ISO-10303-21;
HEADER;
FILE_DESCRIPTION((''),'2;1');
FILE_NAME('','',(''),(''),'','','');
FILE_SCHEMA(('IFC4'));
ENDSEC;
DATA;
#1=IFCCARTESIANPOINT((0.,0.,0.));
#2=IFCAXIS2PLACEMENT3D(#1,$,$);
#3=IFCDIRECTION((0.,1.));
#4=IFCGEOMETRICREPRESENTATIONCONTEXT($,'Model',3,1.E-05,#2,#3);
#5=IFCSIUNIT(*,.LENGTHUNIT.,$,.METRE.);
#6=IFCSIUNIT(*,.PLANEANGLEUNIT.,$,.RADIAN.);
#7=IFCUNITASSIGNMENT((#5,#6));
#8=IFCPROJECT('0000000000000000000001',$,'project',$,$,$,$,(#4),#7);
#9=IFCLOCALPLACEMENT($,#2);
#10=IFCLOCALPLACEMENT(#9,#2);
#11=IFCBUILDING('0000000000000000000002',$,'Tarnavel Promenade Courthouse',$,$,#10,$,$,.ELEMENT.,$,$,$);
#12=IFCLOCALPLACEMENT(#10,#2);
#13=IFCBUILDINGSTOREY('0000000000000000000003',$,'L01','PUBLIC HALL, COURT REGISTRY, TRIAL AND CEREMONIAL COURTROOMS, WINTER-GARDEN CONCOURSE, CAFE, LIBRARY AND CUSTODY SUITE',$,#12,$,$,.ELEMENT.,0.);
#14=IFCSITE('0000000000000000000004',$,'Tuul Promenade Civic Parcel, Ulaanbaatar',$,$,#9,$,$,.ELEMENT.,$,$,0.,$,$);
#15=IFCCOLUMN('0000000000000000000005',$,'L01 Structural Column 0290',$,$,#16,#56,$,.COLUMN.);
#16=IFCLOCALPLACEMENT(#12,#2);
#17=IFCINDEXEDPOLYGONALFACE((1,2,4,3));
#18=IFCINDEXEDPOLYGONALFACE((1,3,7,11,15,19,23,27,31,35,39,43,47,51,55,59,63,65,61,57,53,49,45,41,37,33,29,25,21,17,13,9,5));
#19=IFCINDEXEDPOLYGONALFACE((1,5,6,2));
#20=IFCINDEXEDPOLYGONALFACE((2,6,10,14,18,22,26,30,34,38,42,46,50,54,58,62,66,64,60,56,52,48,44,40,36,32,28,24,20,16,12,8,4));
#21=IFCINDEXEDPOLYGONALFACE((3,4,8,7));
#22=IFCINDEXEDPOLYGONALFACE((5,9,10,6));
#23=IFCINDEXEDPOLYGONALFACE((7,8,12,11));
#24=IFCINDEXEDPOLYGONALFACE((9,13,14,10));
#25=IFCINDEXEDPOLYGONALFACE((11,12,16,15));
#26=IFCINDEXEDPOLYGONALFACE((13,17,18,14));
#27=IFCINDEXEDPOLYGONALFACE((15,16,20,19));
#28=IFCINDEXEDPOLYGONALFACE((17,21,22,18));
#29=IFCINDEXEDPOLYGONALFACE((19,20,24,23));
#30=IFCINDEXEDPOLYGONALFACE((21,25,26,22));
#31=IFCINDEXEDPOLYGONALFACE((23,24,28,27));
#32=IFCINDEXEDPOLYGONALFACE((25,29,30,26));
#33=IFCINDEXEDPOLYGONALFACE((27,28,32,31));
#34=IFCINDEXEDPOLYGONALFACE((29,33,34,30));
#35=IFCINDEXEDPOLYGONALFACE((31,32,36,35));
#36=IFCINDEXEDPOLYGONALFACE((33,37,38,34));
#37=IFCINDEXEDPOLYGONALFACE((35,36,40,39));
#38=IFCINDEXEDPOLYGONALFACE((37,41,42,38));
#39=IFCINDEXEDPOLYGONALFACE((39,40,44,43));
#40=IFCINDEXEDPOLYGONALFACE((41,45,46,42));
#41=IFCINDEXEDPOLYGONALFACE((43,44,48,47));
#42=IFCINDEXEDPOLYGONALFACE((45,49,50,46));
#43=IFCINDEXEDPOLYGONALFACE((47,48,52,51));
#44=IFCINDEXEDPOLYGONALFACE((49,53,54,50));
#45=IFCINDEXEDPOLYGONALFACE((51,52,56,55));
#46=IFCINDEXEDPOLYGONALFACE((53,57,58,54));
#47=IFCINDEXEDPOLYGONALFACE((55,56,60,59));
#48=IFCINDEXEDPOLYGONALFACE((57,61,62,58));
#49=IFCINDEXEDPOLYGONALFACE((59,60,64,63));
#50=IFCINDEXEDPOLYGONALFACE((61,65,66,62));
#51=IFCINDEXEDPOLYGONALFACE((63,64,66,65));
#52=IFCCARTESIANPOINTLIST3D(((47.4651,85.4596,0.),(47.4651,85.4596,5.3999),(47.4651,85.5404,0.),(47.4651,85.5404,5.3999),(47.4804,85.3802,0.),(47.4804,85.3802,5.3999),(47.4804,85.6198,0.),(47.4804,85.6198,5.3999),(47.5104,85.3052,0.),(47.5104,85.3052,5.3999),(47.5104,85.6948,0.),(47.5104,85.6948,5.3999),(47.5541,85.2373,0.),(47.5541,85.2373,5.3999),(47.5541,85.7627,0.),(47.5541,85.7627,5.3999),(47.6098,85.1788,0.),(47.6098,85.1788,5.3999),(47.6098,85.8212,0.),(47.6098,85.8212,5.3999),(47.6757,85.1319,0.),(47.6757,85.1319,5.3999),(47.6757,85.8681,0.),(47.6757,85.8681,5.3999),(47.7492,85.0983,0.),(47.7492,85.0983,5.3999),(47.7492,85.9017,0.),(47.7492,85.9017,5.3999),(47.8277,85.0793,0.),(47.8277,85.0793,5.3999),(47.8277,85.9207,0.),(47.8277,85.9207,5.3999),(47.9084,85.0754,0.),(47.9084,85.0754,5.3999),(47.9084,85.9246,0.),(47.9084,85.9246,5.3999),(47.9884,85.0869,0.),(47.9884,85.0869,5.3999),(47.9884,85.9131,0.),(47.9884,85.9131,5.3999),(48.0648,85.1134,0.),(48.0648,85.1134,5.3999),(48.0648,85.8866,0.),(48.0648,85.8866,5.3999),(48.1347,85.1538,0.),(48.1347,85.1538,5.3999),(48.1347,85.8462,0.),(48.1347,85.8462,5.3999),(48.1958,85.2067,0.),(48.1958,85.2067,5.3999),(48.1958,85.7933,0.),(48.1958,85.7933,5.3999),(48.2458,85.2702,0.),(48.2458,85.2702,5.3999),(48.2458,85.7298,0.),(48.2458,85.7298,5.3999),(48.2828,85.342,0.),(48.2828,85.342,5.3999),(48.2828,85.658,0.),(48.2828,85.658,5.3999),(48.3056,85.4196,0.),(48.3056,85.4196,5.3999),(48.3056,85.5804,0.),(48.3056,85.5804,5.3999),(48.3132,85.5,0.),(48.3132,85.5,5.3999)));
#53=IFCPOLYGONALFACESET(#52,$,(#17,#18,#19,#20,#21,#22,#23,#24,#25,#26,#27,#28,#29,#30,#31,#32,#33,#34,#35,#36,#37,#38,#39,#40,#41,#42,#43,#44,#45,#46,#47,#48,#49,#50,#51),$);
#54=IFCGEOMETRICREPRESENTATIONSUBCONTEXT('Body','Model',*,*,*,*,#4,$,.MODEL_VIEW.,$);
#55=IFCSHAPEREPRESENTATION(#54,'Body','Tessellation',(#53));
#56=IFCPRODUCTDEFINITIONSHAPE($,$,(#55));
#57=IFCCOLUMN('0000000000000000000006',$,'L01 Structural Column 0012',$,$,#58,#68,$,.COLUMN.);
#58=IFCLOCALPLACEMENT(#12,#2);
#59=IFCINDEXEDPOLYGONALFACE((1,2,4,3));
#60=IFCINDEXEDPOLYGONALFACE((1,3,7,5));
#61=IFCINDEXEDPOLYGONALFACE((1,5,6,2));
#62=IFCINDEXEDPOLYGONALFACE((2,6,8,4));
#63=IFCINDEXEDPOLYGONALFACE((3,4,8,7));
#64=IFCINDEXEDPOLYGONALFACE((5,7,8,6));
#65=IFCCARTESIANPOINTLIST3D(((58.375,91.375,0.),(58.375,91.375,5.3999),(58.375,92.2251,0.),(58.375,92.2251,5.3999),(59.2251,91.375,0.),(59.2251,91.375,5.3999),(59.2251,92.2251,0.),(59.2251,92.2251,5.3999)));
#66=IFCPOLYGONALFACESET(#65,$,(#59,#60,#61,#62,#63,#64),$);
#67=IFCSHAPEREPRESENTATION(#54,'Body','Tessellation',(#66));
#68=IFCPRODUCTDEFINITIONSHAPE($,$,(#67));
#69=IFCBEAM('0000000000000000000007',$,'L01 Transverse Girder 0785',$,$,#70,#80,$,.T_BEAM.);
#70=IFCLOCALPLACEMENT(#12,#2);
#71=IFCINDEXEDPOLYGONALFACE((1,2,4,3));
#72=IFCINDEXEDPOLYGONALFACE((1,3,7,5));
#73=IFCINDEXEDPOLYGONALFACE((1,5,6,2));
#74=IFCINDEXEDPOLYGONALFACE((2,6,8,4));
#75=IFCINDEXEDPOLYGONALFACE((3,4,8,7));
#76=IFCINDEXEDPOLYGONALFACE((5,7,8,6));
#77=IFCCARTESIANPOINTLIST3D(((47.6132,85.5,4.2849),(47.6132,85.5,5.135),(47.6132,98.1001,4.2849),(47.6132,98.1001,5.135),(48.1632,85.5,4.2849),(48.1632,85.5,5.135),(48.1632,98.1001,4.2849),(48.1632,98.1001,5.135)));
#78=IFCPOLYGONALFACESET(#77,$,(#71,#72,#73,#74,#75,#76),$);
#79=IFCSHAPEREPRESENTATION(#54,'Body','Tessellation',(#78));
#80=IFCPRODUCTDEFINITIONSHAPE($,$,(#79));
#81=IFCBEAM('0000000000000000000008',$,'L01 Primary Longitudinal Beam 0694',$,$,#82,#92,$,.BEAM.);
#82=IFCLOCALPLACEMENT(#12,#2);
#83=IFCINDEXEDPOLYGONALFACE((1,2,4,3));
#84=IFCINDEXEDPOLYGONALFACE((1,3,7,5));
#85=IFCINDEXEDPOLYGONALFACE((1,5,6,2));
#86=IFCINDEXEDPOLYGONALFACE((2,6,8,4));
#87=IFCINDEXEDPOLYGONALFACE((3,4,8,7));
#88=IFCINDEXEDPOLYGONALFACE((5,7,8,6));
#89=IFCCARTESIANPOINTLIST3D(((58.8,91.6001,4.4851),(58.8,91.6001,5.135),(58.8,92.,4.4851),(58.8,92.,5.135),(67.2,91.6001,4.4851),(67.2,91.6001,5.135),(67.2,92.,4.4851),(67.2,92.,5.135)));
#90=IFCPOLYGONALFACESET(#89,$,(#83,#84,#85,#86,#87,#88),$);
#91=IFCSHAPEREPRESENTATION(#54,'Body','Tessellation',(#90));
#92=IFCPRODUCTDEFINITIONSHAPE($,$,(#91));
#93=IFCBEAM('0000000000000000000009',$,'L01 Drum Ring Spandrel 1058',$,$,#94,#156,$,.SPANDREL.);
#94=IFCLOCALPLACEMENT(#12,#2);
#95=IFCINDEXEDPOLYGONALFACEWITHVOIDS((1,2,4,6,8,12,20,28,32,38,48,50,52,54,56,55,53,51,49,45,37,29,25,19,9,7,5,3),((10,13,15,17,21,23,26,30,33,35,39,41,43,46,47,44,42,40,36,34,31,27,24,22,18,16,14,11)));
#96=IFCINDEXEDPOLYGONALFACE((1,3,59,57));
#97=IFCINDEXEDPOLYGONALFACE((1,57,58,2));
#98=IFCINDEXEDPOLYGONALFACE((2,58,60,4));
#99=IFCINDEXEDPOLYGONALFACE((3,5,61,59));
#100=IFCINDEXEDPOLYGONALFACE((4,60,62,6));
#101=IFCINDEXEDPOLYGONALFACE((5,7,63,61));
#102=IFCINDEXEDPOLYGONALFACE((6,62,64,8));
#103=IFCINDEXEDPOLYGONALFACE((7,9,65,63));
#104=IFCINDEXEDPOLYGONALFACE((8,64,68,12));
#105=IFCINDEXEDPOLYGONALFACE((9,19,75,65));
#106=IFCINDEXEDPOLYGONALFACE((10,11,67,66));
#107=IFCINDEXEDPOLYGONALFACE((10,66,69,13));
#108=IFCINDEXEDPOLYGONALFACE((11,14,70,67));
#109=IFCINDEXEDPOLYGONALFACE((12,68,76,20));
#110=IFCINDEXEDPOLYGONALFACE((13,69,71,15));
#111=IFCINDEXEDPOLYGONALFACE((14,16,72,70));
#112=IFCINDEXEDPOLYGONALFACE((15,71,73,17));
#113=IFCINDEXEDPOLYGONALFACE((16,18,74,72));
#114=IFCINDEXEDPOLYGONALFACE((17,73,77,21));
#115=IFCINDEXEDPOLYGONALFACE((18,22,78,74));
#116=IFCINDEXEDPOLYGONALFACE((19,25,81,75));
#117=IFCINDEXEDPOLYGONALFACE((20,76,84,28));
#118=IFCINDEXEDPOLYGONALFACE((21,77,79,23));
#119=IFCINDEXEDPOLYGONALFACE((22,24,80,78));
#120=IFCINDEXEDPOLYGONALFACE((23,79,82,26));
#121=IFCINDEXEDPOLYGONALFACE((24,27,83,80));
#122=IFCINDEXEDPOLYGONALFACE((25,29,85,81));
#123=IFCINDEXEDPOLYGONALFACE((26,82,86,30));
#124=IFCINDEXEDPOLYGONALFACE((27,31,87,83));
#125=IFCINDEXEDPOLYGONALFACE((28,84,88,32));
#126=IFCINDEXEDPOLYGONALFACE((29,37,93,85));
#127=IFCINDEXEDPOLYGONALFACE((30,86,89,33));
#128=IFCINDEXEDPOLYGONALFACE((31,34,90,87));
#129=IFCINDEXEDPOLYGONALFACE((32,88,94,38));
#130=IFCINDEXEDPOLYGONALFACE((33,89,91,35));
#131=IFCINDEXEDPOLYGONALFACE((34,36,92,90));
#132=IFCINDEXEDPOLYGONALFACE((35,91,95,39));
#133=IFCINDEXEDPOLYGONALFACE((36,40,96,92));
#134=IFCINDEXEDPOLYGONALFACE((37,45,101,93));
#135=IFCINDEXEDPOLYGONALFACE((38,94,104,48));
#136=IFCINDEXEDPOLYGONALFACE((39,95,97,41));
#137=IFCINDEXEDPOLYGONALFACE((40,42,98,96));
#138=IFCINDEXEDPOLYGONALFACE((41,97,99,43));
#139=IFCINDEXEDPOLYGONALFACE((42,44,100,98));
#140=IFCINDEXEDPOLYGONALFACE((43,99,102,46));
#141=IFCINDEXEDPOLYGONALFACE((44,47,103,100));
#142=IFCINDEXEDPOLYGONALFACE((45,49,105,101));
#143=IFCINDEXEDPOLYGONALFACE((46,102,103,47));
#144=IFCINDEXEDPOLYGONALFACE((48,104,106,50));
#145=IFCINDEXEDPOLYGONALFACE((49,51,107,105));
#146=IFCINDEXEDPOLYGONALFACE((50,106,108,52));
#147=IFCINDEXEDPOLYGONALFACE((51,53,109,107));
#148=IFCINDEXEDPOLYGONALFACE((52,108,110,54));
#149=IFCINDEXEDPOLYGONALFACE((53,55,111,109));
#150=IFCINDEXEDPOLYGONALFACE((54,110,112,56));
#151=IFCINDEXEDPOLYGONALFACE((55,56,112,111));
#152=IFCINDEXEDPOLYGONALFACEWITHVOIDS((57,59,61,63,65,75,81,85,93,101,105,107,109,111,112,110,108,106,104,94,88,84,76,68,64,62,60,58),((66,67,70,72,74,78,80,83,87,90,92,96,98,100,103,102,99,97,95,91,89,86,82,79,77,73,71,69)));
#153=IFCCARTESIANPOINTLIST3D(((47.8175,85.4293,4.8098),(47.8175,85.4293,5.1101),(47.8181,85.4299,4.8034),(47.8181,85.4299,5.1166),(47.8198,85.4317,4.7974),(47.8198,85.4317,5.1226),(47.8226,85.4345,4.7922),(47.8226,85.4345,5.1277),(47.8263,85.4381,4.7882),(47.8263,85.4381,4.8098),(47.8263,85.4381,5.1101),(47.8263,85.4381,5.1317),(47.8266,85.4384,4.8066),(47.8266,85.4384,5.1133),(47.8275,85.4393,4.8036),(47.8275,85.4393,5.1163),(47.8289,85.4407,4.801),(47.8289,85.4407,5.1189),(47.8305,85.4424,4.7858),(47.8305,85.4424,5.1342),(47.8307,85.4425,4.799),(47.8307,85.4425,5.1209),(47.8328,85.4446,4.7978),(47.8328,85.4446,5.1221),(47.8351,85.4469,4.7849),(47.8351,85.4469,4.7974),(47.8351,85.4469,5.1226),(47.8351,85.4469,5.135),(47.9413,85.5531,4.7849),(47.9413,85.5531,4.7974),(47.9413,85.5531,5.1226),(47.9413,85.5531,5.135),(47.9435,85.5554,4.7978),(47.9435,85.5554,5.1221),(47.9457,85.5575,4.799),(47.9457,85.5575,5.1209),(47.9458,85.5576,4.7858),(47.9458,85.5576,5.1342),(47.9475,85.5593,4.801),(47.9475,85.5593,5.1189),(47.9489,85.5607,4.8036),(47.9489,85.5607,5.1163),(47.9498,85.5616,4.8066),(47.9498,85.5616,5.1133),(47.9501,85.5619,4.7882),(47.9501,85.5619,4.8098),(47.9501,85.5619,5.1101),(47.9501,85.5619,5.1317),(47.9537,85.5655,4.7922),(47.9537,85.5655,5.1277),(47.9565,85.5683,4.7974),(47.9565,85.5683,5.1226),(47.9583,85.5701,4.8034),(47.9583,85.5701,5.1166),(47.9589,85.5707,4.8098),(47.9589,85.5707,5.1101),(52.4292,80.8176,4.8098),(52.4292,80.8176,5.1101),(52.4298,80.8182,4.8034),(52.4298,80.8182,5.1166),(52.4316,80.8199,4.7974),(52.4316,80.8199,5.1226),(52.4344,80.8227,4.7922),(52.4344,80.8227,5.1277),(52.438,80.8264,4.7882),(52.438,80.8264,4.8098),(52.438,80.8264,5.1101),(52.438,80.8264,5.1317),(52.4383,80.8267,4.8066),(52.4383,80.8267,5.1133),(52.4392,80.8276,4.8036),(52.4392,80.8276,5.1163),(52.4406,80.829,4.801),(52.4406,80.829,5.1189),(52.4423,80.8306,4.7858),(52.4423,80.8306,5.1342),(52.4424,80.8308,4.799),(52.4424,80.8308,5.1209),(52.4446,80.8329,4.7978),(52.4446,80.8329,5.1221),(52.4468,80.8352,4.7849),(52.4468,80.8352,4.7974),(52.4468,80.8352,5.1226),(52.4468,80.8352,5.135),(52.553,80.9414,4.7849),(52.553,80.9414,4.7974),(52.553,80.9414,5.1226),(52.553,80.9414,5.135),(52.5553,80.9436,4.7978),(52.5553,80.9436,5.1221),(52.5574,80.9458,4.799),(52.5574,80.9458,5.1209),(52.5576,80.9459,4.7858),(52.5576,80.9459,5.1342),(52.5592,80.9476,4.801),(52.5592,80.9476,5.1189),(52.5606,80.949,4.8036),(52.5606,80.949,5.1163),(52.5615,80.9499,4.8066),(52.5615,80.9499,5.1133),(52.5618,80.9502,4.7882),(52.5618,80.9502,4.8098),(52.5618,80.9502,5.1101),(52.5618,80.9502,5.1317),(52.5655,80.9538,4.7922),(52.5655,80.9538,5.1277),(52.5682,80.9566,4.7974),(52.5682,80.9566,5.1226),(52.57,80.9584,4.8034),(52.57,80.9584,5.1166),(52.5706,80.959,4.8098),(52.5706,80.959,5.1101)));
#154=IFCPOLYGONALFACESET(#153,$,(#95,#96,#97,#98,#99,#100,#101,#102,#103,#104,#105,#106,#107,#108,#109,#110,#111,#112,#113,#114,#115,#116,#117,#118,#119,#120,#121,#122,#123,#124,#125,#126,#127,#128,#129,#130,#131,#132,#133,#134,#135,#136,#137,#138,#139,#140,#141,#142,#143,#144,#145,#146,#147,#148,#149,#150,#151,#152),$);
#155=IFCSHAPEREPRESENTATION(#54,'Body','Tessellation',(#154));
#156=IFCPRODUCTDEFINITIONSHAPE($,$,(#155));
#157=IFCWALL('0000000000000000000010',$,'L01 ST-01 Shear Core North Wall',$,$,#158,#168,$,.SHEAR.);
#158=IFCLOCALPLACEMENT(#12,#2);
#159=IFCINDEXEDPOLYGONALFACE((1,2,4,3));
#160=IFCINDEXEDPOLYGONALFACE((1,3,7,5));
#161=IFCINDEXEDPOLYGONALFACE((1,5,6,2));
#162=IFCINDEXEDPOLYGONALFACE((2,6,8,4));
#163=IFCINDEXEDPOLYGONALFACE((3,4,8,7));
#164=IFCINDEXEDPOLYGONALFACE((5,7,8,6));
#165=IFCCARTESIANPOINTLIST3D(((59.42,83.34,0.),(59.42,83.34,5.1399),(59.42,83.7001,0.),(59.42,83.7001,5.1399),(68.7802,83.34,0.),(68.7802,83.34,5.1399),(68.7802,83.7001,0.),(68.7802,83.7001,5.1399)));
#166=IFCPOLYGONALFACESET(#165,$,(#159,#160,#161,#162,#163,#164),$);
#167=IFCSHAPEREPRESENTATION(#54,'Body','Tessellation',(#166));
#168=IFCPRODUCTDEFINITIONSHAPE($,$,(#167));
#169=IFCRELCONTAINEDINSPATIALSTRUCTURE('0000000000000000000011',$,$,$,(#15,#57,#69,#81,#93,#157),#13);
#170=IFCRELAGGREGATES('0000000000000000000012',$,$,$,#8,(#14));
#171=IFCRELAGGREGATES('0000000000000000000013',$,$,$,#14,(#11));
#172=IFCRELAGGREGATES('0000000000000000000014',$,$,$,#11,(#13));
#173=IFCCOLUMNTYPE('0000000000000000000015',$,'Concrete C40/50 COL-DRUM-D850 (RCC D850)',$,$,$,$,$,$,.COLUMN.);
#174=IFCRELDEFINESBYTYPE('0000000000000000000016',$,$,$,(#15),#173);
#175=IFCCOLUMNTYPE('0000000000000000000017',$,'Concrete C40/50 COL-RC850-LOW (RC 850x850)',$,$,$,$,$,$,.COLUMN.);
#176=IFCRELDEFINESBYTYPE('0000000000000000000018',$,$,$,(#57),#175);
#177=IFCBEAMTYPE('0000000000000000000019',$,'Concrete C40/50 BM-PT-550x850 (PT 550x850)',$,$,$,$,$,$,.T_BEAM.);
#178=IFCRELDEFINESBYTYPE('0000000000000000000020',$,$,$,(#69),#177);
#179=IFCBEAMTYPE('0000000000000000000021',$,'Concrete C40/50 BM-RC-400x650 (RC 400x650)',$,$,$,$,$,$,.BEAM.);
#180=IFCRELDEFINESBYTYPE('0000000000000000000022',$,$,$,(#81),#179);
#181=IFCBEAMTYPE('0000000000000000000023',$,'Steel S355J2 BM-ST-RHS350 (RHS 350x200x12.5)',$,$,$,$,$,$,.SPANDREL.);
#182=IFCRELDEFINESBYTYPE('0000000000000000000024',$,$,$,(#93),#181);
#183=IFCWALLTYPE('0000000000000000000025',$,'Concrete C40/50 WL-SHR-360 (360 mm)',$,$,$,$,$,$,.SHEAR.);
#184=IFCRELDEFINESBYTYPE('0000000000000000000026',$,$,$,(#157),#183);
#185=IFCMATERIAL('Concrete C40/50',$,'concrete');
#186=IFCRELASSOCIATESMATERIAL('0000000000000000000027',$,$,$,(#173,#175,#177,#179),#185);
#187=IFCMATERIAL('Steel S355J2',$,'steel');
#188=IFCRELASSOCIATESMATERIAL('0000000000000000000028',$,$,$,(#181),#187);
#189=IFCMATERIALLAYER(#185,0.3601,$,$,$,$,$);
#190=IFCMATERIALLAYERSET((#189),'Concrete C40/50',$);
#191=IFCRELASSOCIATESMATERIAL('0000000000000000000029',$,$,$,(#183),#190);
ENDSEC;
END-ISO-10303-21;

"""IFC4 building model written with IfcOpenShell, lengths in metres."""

from ifc_helpers import new_model, si_unit, direction, frame, frame_2d, origin, origin_2d, place, context, subcontext, project, spatial, rectangle, hollow_rectangle, circle, extrude, material, layer, layer_set, material_profile, profile_set, type_object, element, save


model = new_model("IFC4")

# Units and contexts
model_context = context("Model", 3, precision=1e-05, world=origin(), true_north=direction((0.0, 1.0)))
body_context = subcontext(model_context, "Body", "Model", "MODEL_VIEW")
ifc_project = project(units=[si_unit("LENGTHUNIT", "METRE"), si_unit("PLANEANGLEUNIT", "RADIAN")], contexts=[model_context])

# Site, building, storey
site_placement = place(None, origin())
site = spatial("IfcSite", under=ifc_project, at=site_placement, Name="Tuul Promenade Civic Parcel, Ulaanbaatar", CompositionType="ELEMENT", RefElevation=0.0)
building_placement = place(site_placement, origin())
building = spatial("IfcBuilding", under=site, at=building_placement, Name="Tarnavel Promenade Courthouse", CompositionType="ELEMENT")
storey_placement = place(building_placement, origin())
storey = spatial("IfcBuildingStorey", under=building, at=storey_placement, Name="L01", Description="PUBLIC HALL, COURT REGISTRY, TRIAL AND CEREMONIAL COURTROOMS, WINTER-GARDEN CONCOURSE, CAFE, LIBRARY AND CUSTODY SUITE", CompositionType="ELEMENT", Elevation=0.0)

# Columns
ifc_material_1 = material(Name="Concrete C40/50", Category="concrete")
ifc_material_profile_1 = material_profile(ifc_material_1, circle(Radius=0.425, at=origin_2d()), Name="RCC D850")
ifc_profile_set_1 = profile_set([ifc_material_profile_1], Name="Concrete C40/50")
column_type_1 = type_object("IfcColumnType", Name="Concrete C40/50 COL-DRUM-D850 (RCC D850)", PredefinedType="COLUMN", material=ifc_profile_set_1)
column_1_placement = place(storey_placement, frame((47.8882, 85.5, 0.0), z_axis=(0.0, 0.0, 1.0), x_axis=(1.0, 0.0, 0.0)))
element("IfcColumn", 1, at=column_1_placement, inside=storey, type_object=column_type_1, Name="L01 Structural Column 0290", PredefinedType="COLUMN", context=body_context, shape_type="SweptSolid", body=[
    extrude(circle(Radius=0.425, at=origin_2d()), origin(), (0.0, 0.0, 1.0), 5.3999),
])
ifc_material_profile_2 = material_profile(ifc_material_1, rectangle(XDim=0.8501, YDim=0.8501, at=origin_2d()), Name="RC 850x850")
ifc_profile_set_2 = profile_set([ifc_material_profile_2], Name="Concrete C40/50")
column_type_2 = type_object("IfcColumnType", Name="Concrete C40/50 COL-RC850-LOW (RC 850x850)", PredefinedType="COLUMN", material=ifc_profile_set_2)
column_2_placement = place(storey_placement, frame((58.8, 91.8, 0.0), z_axis=(0.0, 0.0, 1.0), x_axis=(1.0, 0.0, 0.0)))
element("IfcColumn", 2, at=column_2_placement, inside=storey, type_object=column_type_2, Name="L01 Structural Column 0012", PredefinedType="COLUMN", context=body_context, shape_type="SweptSolid", body=[
    extrude(rectangle(XDim=0.8501, YDim=0.8501, at=origin_2d()), origin(), (0.0, 0.0, 1.0), 5.3999),
])

# Beams
ifc_material_profile_3 = material_profile(ifc_material_1, rectangle(XDim=0.55, YDim=0.8501, at=origin_2d()), Name="PT 550x850")
ifc_profile_set_3 = profile_set([ifc_material_profile_3], Name="Concrete C40/50")
beam_type_1 = type_object("IfcBeamType", Name="Concrete C40/50 BM-PT-550x850 (PT 550x850)", PredefinedType="T_BEAM", material=ifc_profile_set_3)
beam_1_placement = place(storey_placement, frame((47.8882, 85.5, 4.71), z_axis=(0.0, 1.0, 0.0), x_axis=(-1.0, 0.0, 0.0)))
element("IfcBeam", 3, at=beam_1_placement, inside=storey, type_object=beam_type_1, Name="L01 Transverse Girder 0785", PredefinedType="T_BEAM", context=body_context, shape_type="SweptSolid", body=[
    extrude(rectangle(XDim=0.55, YDim=0.8501, at=origin_2d()), origin(), (0.0, 0.0, 1.0), 12.6001),
])
ifc_material_profile_4 = material_profile(ifc_material_1, rectangle(XDim=0.3999, YDim=0.6499, at=origin_2d()), Name="RC 400x650")
ifc_profile_set_4 = profile_set([ifc_material_profile_4], Name="Concrete C40/50")
beam_type_2 = type_object("IfcBeamType", Name="Concrete C40/50 BM-RC-400x650 (RC 400x650)", PredefinedType="BEAM", material=ifc_profile_set_4)
beam_2_placement = place(storey_placement, frame((58.8, 91.8, 4.8101), z_axis=(1.0, 0.0, 0.0), x_axis=(0.0, 1.0, 0.0)))
element("IfcBeam", 4, at=beam_2_placement, inside=storey, type_object=beam_type_2, Name="L01 Primary Longitudinal Beam 0694", PredefinedType="BEAM", context=body_context, shape_type="SweptSolid", body=[
    extrude(rectangle(XDim=0.3999, YDim=0.6499, at=origin_2d()), origin(), (0.0, 0.0, 1.0), 8.3999),
])
ifc_material_2 = material(Name="Steel S355J2", Category="steel")
ifc_material_profile_5 = material_profile(ifc_material_2, hollow_rectangle(XDim=0.2, YDim=0.3501, WallThickness=0.0125, InnerFilletRadius=0.0125, OuterFilletRadius=0.0249, at=origin_2d()), Name="RHS 350x200x12.5")
ifc_profile_set_5 = profile_set([ifc_material_profile_5], Name="Steel S355J2")
beam_type_3 = type_object("IfcBeamType", Name="Steel S355J2 BM-ST-RHS350 (RHS 350x200x12.5)", PredefinedType="SPANDREL", material=ifc_profile_set_5)
beam_3_placement = place(storey_placement, frame((47.8882, 85.5, 4.96), z_axis=(0.707107, -0.707107, 0.0), x_axis=(0.707107, 0.707107, 0.0)))
element("IfcBeam", 5, at=beam_3_placement, inside=storey, type_object=beam_type_3, Name="L01 Drum Ring Spandrel 1058", PredefinedType="SPANDREL", context=body_context, shape_type="SweptSolid", body=[
    extrude(hollow_rectangle(XDim=0.2, YDim=0.3501, WallThickness=0.0125, InnerFilletRadius=0.0125, OuterFilletRadius=0.0249, at=origin_2d()), origin(), (0.0, 0.0, 1.0), 6.522),
])

# Wall
ifc_layer_1 = layer(ifc_material_1, 0.3601)
ifc_layer_set_1 = layer_set([ifc_layer_1], Name="Concrete C40/50")
wall_type_1 = type_object("IfcWallType", Name="Concrete C40/50 WL-SHR-360 (360 mm)", PredefinedType="SHEAR", material=ifc_layer_set_1)
wall_1_placement = place(storey_placement, frame((59.4199, 83.52, 0.0), z_axis=(0.0, 0.0, 1.0), x_axis=(1.0, 0.0, 0.0)))
element("IfcWall", 6, at=wall_1_placement, inside=storey, type_object=wall_type_1, Name="L01 ST-01 Shear Core North Wall", PredefinedType="SHEAR", context=body_context, shape_type="SweptSolid", body=[
    extrude(rectangle(XDim=9.3601, YDim=0.3601, at=frame_2d((4.6802, 0.0))), origin(), (0.0, 0.0, 1.0), 5.1399),
])

save(model, "model.ifc")
